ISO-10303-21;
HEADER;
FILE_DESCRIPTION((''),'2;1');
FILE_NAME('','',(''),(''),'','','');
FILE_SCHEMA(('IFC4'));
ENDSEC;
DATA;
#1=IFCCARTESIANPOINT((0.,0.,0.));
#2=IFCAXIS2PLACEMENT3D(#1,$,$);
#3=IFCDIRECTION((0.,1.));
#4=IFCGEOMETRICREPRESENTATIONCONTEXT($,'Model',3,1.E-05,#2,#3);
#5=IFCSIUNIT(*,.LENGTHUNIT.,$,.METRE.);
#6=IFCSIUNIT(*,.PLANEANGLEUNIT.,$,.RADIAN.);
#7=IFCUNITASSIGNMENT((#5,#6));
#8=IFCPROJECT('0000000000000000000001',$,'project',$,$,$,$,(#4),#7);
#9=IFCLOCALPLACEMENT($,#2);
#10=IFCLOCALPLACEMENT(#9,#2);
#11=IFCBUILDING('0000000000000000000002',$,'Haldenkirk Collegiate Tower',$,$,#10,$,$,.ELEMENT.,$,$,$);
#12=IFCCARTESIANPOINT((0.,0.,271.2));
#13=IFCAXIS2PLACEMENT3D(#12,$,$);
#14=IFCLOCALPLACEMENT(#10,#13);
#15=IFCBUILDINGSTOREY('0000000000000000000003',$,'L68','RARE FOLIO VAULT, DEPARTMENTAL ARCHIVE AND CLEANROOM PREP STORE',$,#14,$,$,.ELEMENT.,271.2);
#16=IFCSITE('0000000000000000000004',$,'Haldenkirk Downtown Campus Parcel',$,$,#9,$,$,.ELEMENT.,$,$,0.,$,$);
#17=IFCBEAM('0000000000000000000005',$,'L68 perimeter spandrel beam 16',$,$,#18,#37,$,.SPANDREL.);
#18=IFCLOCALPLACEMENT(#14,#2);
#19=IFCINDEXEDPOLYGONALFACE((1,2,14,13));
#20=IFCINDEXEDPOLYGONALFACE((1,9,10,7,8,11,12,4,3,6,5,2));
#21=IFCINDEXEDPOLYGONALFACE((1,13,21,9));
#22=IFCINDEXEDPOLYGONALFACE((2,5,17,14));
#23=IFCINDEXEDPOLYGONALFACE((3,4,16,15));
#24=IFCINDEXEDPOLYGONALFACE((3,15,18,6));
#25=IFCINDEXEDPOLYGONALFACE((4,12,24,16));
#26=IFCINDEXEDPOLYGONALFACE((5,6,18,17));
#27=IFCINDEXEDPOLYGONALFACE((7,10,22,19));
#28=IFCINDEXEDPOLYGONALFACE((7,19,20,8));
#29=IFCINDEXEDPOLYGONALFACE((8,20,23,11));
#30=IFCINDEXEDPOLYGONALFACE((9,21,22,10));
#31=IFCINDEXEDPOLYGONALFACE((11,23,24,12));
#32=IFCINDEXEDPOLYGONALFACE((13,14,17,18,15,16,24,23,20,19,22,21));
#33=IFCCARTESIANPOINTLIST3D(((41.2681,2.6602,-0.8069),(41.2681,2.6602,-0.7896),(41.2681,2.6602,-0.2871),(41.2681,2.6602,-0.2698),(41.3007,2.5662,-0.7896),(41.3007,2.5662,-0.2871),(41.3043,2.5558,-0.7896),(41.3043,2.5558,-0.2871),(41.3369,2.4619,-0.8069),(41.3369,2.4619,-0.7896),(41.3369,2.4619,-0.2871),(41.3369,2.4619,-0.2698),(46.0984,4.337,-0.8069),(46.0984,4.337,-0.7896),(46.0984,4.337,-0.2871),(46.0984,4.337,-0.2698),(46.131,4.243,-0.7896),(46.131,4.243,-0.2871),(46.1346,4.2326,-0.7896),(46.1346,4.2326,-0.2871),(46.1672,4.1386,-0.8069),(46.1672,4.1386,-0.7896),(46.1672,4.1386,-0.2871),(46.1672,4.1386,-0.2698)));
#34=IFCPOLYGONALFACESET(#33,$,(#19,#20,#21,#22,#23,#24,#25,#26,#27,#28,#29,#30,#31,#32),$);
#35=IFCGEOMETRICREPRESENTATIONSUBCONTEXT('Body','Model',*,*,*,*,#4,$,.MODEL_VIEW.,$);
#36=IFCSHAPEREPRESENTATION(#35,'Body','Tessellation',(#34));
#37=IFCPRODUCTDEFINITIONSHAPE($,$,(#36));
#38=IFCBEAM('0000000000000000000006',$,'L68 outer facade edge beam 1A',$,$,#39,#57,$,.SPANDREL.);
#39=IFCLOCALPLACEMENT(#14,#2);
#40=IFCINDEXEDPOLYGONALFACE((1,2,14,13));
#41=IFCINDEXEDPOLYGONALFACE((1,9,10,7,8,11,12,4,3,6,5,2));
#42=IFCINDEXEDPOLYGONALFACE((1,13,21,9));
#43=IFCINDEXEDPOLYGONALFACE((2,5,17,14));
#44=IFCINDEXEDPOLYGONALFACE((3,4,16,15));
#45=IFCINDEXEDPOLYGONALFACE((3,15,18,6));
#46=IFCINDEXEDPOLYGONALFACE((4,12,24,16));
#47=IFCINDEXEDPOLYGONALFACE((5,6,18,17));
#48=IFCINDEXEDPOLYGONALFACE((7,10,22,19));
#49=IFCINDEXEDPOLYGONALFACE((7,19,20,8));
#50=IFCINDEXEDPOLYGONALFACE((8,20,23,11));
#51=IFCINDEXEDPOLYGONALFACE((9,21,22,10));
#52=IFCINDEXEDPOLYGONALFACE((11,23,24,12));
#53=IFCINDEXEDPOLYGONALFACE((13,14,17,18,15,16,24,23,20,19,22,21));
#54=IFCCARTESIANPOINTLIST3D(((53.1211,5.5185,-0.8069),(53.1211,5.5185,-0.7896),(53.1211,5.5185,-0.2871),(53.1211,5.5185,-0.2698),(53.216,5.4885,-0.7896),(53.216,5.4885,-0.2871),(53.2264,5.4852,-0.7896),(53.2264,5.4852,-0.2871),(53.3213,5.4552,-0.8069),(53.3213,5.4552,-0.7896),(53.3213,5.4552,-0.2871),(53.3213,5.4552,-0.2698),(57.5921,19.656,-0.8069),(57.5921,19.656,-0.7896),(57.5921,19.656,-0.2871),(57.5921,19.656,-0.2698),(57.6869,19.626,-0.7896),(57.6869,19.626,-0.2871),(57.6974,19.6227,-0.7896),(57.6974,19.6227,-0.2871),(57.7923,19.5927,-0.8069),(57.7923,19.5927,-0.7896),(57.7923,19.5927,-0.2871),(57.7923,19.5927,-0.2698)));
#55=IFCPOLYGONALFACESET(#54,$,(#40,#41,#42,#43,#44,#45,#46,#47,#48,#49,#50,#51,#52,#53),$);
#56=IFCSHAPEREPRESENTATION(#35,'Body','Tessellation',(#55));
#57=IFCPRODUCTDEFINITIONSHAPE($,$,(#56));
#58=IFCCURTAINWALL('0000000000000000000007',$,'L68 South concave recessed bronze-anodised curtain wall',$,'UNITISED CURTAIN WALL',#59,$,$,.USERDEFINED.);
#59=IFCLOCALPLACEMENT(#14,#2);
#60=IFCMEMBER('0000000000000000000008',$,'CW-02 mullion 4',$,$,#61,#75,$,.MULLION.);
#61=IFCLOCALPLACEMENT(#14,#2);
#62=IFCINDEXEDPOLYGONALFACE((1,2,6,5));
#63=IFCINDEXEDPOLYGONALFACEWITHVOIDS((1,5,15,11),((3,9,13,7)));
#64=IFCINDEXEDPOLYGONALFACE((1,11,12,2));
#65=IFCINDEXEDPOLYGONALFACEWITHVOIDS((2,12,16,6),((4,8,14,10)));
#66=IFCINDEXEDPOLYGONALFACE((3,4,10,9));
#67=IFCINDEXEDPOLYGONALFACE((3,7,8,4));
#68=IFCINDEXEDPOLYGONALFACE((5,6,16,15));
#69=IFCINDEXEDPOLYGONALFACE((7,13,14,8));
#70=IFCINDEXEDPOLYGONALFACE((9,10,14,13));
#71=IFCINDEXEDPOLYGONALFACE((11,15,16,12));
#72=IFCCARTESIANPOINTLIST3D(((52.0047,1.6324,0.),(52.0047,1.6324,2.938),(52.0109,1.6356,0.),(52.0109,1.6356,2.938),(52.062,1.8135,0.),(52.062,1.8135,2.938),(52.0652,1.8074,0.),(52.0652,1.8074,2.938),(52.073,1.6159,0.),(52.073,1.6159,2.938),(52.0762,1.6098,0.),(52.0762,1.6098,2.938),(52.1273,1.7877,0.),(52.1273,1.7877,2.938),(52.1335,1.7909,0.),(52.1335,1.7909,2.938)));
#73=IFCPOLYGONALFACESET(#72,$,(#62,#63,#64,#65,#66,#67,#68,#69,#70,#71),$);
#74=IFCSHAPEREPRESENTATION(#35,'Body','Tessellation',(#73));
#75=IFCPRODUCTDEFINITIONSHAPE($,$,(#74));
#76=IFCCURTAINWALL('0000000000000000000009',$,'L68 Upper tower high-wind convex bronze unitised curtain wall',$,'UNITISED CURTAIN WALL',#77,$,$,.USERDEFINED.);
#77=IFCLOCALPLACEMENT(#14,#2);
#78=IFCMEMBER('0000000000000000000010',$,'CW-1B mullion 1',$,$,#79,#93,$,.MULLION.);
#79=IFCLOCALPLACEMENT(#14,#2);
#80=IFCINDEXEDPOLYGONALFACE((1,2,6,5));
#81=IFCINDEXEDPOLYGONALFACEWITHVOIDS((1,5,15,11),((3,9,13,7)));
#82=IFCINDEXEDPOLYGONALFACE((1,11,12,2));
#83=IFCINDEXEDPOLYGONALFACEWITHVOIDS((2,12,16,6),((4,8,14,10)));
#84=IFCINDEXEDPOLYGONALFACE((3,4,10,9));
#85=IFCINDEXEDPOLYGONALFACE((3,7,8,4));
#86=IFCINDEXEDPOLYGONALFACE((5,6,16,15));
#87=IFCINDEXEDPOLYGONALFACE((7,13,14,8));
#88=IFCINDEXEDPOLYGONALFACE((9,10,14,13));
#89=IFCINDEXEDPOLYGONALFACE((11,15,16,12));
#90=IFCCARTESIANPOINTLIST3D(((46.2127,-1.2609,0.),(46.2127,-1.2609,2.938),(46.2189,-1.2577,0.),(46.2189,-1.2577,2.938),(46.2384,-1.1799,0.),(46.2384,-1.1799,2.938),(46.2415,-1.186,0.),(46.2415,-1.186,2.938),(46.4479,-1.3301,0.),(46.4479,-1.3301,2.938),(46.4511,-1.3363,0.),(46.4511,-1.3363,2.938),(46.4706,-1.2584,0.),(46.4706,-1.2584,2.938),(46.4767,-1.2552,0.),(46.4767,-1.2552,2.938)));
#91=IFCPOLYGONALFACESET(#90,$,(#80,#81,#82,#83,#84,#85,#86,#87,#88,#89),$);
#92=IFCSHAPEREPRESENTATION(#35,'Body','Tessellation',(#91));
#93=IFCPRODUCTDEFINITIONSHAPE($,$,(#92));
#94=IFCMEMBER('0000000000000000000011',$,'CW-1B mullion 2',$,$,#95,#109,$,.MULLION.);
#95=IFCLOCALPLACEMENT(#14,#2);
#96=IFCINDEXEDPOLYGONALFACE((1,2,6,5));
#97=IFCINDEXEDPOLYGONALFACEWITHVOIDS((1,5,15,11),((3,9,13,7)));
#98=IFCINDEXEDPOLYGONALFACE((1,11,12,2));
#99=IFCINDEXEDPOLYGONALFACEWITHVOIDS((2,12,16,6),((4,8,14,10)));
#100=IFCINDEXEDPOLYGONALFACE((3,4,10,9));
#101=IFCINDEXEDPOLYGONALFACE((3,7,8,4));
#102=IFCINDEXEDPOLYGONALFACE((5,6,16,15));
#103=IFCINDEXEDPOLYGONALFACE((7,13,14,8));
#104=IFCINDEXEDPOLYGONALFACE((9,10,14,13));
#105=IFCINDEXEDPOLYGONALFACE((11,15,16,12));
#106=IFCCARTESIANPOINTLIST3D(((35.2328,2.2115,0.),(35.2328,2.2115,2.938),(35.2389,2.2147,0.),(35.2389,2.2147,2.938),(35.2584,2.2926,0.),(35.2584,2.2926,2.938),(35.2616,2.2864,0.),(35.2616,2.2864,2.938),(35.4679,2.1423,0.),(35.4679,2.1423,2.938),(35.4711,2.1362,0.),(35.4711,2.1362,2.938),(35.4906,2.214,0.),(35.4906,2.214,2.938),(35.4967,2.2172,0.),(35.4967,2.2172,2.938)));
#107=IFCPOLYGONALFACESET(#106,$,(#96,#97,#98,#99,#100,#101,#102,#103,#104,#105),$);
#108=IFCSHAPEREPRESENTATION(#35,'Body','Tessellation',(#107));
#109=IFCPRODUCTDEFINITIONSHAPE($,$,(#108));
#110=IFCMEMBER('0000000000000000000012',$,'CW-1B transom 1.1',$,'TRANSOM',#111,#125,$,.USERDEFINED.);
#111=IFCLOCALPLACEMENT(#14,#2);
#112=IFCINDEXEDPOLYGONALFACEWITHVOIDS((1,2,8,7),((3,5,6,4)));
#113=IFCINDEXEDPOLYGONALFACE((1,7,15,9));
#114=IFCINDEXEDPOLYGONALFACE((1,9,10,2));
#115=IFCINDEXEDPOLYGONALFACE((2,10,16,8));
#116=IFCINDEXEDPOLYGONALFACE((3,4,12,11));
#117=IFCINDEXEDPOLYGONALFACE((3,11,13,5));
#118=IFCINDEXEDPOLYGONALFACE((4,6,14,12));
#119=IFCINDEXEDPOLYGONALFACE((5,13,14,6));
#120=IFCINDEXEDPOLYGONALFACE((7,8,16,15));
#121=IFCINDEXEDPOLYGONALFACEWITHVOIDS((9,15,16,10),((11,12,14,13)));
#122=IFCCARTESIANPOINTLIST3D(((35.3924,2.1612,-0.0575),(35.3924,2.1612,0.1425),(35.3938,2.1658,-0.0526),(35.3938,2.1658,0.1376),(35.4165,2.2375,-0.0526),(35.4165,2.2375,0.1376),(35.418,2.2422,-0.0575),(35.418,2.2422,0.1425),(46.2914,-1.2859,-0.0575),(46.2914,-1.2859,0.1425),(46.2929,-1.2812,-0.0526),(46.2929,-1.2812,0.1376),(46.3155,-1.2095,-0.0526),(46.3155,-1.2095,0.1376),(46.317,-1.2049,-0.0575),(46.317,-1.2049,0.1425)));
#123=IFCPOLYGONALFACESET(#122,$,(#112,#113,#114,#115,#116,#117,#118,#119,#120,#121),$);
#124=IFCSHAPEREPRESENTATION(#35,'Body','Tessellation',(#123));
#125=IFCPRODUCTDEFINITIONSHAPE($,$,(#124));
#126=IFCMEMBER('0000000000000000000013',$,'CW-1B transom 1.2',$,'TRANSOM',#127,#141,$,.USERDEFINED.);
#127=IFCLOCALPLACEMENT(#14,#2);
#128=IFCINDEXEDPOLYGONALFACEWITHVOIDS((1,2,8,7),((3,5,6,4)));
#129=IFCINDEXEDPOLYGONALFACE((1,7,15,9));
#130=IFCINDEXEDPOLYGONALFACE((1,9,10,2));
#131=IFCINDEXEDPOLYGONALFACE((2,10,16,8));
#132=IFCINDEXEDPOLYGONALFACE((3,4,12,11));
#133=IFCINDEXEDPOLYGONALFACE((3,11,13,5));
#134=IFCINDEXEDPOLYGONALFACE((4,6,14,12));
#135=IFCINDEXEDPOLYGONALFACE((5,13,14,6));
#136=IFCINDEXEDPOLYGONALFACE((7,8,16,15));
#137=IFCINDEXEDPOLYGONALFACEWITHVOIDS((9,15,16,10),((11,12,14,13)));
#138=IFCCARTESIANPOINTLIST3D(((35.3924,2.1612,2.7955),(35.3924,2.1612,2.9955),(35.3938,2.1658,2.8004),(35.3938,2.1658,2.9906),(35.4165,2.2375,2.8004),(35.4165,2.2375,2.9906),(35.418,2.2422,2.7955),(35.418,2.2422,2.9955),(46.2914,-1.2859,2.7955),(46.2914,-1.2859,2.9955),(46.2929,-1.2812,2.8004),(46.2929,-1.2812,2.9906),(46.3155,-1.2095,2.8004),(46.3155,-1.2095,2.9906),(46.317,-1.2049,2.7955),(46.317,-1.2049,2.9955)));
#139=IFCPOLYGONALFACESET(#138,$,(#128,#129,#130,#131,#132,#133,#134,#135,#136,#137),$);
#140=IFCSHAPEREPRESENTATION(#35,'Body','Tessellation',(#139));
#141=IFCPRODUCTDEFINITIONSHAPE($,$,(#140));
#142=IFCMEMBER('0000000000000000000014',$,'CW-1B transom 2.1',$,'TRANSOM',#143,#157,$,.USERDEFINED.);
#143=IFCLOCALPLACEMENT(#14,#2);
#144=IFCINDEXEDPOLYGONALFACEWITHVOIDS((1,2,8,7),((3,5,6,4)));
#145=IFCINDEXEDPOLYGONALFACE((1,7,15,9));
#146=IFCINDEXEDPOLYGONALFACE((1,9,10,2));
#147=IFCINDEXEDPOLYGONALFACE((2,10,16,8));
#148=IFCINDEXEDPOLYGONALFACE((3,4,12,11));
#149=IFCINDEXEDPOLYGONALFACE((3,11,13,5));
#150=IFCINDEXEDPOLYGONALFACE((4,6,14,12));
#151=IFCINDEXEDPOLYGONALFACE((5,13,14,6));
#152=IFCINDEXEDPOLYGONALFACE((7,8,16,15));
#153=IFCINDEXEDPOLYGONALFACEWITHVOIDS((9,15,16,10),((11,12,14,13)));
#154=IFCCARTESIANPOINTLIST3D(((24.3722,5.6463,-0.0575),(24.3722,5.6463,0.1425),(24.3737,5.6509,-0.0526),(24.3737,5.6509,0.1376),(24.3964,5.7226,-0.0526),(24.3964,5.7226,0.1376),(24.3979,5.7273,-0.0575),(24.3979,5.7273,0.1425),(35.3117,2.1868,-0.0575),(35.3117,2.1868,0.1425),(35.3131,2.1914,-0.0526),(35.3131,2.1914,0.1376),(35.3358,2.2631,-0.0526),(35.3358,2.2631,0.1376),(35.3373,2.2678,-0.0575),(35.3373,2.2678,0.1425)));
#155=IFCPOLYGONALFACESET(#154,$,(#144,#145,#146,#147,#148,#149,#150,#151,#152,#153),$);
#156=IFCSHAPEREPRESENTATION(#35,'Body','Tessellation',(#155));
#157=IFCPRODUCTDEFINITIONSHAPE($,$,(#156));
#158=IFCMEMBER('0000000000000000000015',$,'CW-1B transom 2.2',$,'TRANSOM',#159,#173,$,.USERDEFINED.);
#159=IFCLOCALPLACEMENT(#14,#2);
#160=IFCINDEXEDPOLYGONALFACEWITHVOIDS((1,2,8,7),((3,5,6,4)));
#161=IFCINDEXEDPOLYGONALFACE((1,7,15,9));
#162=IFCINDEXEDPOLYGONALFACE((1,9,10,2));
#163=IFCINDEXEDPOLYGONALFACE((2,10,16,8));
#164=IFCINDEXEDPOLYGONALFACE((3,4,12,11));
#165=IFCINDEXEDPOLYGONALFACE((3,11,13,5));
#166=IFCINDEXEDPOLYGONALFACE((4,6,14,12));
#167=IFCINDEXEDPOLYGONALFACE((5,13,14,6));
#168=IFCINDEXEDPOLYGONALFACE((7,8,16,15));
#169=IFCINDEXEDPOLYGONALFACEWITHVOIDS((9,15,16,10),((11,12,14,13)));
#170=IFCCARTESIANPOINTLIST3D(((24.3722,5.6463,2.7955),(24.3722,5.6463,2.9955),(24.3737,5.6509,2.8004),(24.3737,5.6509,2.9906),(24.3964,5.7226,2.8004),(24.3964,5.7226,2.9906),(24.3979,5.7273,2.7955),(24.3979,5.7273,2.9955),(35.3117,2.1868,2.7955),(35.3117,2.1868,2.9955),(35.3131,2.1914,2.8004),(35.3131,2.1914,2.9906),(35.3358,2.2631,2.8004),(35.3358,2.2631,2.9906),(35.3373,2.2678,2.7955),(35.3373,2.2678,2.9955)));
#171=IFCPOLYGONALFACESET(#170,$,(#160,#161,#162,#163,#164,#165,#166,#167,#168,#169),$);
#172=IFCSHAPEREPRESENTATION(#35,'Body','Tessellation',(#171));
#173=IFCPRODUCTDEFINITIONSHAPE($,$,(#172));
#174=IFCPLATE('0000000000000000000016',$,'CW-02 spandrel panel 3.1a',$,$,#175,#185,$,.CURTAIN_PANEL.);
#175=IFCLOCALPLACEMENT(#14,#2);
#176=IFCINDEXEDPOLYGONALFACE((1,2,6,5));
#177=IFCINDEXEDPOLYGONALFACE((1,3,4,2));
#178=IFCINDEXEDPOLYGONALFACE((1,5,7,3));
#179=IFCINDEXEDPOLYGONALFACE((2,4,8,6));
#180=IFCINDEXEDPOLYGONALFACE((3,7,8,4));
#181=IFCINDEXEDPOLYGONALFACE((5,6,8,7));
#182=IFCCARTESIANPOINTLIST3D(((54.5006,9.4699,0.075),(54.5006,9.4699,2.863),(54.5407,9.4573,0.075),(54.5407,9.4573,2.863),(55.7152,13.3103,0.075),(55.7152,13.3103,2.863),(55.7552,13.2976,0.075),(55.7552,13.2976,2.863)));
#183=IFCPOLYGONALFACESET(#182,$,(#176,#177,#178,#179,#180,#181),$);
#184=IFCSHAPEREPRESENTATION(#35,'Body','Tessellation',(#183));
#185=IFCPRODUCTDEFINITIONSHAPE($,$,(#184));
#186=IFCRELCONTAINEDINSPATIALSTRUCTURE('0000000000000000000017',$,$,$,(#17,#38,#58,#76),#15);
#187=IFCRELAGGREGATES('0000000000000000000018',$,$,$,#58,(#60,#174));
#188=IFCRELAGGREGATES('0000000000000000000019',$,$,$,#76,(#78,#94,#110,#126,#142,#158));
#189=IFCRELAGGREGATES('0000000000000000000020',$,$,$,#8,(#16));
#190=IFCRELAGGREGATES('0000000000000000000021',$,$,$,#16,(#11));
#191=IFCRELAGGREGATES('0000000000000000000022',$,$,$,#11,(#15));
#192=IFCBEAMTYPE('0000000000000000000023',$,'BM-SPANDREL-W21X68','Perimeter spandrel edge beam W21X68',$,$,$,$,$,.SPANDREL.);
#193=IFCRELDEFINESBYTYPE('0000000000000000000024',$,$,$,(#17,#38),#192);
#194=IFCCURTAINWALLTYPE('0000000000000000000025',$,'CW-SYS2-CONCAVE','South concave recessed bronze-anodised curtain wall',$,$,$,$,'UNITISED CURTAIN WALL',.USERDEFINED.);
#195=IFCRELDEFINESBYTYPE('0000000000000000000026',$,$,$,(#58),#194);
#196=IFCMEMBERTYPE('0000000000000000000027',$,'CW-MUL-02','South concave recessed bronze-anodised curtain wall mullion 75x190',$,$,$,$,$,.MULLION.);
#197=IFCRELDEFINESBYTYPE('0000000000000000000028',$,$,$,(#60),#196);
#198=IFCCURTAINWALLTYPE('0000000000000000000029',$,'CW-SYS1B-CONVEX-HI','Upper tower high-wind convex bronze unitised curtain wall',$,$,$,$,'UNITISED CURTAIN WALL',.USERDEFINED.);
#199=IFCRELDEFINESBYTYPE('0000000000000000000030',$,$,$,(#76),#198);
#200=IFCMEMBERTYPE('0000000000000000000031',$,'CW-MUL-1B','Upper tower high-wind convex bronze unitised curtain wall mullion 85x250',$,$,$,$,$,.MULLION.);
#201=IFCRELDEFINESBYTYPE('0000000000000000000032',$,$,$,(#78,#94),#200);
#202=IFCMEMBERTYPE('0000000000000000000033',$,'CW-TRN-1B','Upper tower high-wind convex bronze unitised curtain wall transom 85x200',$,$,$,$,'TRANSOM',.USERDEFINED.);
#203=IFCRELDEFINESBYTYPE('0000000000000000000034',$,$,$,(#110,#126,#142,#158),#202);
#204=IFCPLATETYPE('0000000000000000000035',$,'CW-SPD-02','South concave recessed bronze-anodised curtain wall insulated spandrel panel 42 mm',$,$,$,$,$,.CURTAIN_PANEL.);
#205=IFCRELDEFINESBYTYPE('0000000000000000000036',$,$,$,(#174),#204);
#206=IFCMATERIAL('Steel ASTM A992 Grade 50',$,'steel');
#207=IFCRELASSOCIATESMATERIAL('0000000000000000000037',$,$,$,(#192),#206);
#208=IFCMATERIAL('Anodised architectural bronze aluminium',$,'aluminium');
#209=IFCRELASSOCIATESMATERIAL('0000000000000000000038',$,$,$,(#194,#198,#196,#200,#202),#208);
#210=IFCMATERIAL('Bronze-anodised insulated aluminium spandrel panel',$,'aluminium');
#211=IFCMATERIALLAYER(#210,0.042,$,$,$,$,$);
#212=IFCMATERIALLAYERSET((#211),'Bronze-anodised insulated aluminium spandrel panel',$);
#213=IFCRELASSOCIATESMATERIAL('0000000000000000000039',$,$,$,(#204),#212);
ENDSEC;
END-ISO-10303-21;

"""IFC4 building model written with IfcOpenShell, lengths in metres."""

from ifc_helpers import new_model, si_unit, direction, frame, origin, origin_2d, place, context, subcontext, project, spatial, rectangle, hollow_rectangle, i_section, extrude, source, transform, mapped, material, layer, layer_set, material_profile, profile_set, type_object, element, aggregate, save


model = new_model("IFC4")

# Units and contexts
model_context = context("Model", 3, precision=1e-05, world=origin(), true_north=direction((0.0, 1.0)))
body_context = subcontext(model_context, "Body", "Model", "MODEL_VIEW")
ifc_project = project(units=[si_unit("LENGTHUNIT", "METRE"), si_unit("PLANEANGLEUNIT", "RADIAN")], contexts=[model_context])

# Site, building, storey
site_placement = place(None, origin())
site = spatial("IfcSite", under=ifc_project, at=site_placement, Name="Haldenkirk Downtown Campus Parcel", CompositionType="ELEMENT", RefElevation=0.0)
building_placement = place(site_placement, origin())
building = spatial("IfcBuilding", under=site, at=building_placement, Name="Haldenkirk Collegiate Tower", CompositionType="ELEMENT")
storey_placement = place(building_placement, frame((0.0, 0.0, 271.2)))
storey = spatial("IfcBuildingStorey", under=building, at=storey_placement, Name="L68", Description="RARE FOLIO VAULT, DEPARTMENTAL ARCHIVE AND CLEANROOM PREP STORE", CompositionType="ELEMENT", Elevation=271.2)

# Beams
ifc_material_1 = material(Name="Steel ASTM A992 Grade 50", Category="steel")
ifc_material_profile_1 = material_profile(ifc_material_1, i_section(OverallWidth=0.21, OverallDepth=0.5371, WebThickness=0.011, FlangeThickness=0.0173, at=origin_2d()), Name="W21X68")
ifc_profile_set_1 = profile_set([ifc_material_profile_1], Name="Steel ASTM A992 Grade 50")
beam_type_1 = type_object("IfcBeamType", Name="BM-SPANDREL-W21X68", Description="Perimeter spandrel edge beam W21X68", PredefinedType="SPANDREL", material=ifc_profile_set_1)
beam_1_placement = place(storey_placement, frame((41.3025, 2.561, -0.5383), z_axis=(0.9447, 0.327935, 0.0), x_axis=(-0.327935, 0.9447, 0.0)))
element("IfcBeam", 1, at=beam_1_placement, inside=storey, type_object=beam_type_1, Name="L68 perimeter spandrel beam 16", PredefinedType="SPANDREL", context=body_context, shape_type="SweptSolid", body=[
    extrude(i_section(OverallWidth=0.21, OverallDepth=0.5371, WebThickness=0.011, FlangeThickness=0.0173, at=origin_2d()), origin(), (0.0, 0.0, 1.0), 5.113),
])
beam_2_placement = place(storey_placement, frame((53.2212, 5.4868, -0.5383), z_axis=(0.301529, 0.953457, 0.0), x_axis=(-0.953457, 0.301529, 0.0)))
element("IfcBeam", 2, at=beam_2_placement, inside=storey, type_object=beam_type_1, Name="L68 outer facade edge beam 1A", PredefinedType="SPANDREL", context=body_context, shape_type="SweptSolid", body=[
    extrude(i_section(OverallWidth=0.21, OverallDepth=0.5371, WebThickness=0.011, FlangeThickness=0.0173, at=origin_2d()), origin(), (0.0, 0.0, 1.0), 14.8276),
])

# Curtain wall, member
ifc_material_2 = material(Name="Anodised architectural bronze aluminium", Category="aluminium")
curtain_wall_type_1 = type_object("IfcCurtainWallType", Name="CW-SYS2-CONCAVE", Description="South concave recessed bronze-anodised curtain wall", ElementType="UNITISED CURTAIN WALL", PredefinedType="USERDEFINED", material=ifc_material_2)
curtain_wall_1_placement = place(storey_placement, origin())
curtain_wall_1 = element("IfcCurtainWall", 3, at=curtain_wall_1_placement, inside=storey, type_object=curtain_wall_type_1, Name="L68 South concave recessed bronze-anodised curtain wall", ObjectType="UNITISED CURTAIN WALL", PredefinedType="USERDEFINED")
ifc_material_profile_2 = material_profile(ifc_material_2, hollow_rectangle(XDim=0.075, YDim=0.1899, WallThickness=0.0049, at=origin_2d()), Name="CW-MUL-02")
ifc_profile_set_2 = profile_set([ifc_material_profile_2], Name="Anodised architectural bronze aluminium")
member_type_1 = type_object("IfcMemberType", Name="CW-MUL-02", Description="South concave recessed bronze-anodised curtain wall mullion 75x190", PredefinedType="MULLION", material=ifc_profile_set_2)
member_1_placement = place(storey_placement, frame((52.0691, 1.7117, 0.0), z_axis=(0.0, 0.0, 1.0), x_axis=(0.953455, -0.301537, 0.0)))
member_1 = element("IfcMember", 4, at=member_1_placement, type_object=member_type_1, Name="CW-02 mullion 4", PredefinedType="MULLION", context=body_context, shape_type="SweptSolid", body=[
    extrude(hollow_rectangle(XDim=0.075, YDim=0.1899, WallThickness=0.0049, at=origin_2d()), origin(), (0.0, 0.0, 1.0), 2.938),
])

# Curtain wall, members
curtain_wall_type_2 = type_object("IfcCurtainWallType", Name="CW-SYS1B-CONVEX-HI", Description="Upper tower high-wind convex bronze unitised curtain wall", ElementType="UNITISED CURTAIN WALL", PredefinedType="USERDEFINED", material=ifc_material_2)
curtain_wall_2_placement = place(storey_placement, origin())
curtain_wall_2 = element("IfcCurtainWall", 5, at=curtain_wall_2_placement, inside=storey, type_object=curtain_wall_type_2, Name="L68 Upper tower high-wind convex bronze unitised curtain wall", ObjectType="UNITISED CURTAIN WALL", PredefinedType="USERDEFINED")
ifc_material_profile_3 = material_profile(ifc_material_2, hollow_rectangle(XDim=0.085, YDim=0.25, WallThickness=0.0049, at=origin_2d()), Name="CW-MUL-1B")
ifc_profile_set_3 = profile_set([ifc_material_profile_3], Name="Anodised architectural bronze aluminium")
member_type_2 = type_object("IfcMemberType", Name="CW-MUL-1B", Description="Upper tower high-wind convex bronze unitised curtain wall mullion 85x250", PredefinedType="MULLION", material=ifc_profile_set_3)
member_2_placement = place(storey_placement, frame((46.3447, -1.2581, 0.0), z_axis=(0.0, 0.0, 1.0), x_axis=(-0.301537, -0.953454, 0.0)))
member_2 = element("IfcMember", 6, at=member_2_placement, type_object=member_type_2, Name="CW-1B mullion 1", PredefinedType="MULLION", context=body_context, shape_type="SweptSolid", body=[
    extrude(hollow_rectangle(XDim=0.085, YDim=0.25, WallThickness=0.0049, at=origin_2d()), origin(), (0.0, 0.0, 1.0), 2.938),
])
member_3_placement = place(storey_placement, frame((35.3647, 2.2144, 0.0), z_axis=(0.0, 0.0, 1.0), x_axis=(-0.301537, -0.953454, 0.0)))
member_3 = element("IfcMember", 7, at=member_3_placement, type_object=member_type_2, Name="CW-1B mullion 2", PredefinedType="MULLION", context=body_context, shape_type="SweptSolid", body=[
    extrude(hollow_rectangle(XDim=0.085, YDim=0.25, WallThickness=0.0049, at=origin_2d()), origin(), (0.0, 0.0, 1.0), 2.938),
])
ifc_material_profile_4 = material_profile(ifc_material_2, hollow_rectangle(XDim=0.085, YDim=0.2, WallThickness=0.0049, at=origin_2d()), Name="CW-TRN-1B")
ifc_profile_set_4 = profile_set([ifc_material_profile_4], Name="Anodised architectural bronze aluminium")
member_type_3 = type_object("IfcMemberType", Name="CW-TRN-1B", Description="Upper tower high-wind convex bronze unitised curtain wall transom 85x200", ElementType="TRANSOM", PredefinedType="USERDEFINED", material=ifc_profile_set_4)
member_4_placement = place(storey_placement, frame((46.3042, -1.2454, 0.0425), z_axis=(-0.953451, 0.301549, 0.0), x_axis=(-0.301549, -0.953451, 0.0)))
member_4 = element("IfcMember", 8, at=member_4_placement, type_object=member_type_3, Name="CW-1B transom 1.1", ObjectType="TRANSOM", PredefinedType="USERDEFINED", context=body_context, shape_type="SweptSolid", body=[
    extrude(hollow_rectangle(XDim=0.085, YDim=0.2, WallThickness=0.0049, at=origin_2d()), origin(), (0.0, 0.0, 1.0), 11.4312),
])
member_5_placement = place(storey_placement, frame((46.3042, -1.2454, 2.8955), z_axis=(-0.953451, 0.301549, 0.0), x_axis=(-0.301549, -0.953451, 0.0)))
member_5 = element("IfcMember", 9, at=member_5_placement, type_object=member_type_3, Name="CW-1B transom 1.2", ObjectType="TRANSOM", PredefinedType="USERDEFINED", context=body_context, shape_type="SweptSolid", body=[
    extrude(hollow_rectangle(XDim=0.085, YDim=0.2, WallThickness=0.0049, at=origin_2d()), origin(), (0.0, 0.0, 1.0), 11.4312),
])
member_6_placement = place(storey_placement, frame((35.3245, 2.2273, 0.0425), z_axis=(-0.95346, 0.30152, 0.0), x_axis=(-0.30152, -0.95346, 0.0)))
member_6 = element("IfcMember", 10, at=member_6_placement, type_object=member_type_3, Name="CW-1B transom 2.1", ObjectType="TRANSOM", PredefinedType="USERDEFINED", context=body_context, shape_type="SweptSolid", body=[
    extrude(hollow_rectangle(XDim=0.085, YDim=0.2, WallThickness=0.0049, at=origin_2d()), origin(), (0.0, 0.0, 1.0), 11.4734),
])
member_7_placement = place(storey_placement, frame((35.3245, 2.2273, 2.8955), z_axis=(-0.95346, 0.30152, 0.0), x_axis=(-0.30152, -0.95346, 0.0)))
member_7 = element("IfcMember", 11, at=member_7_placement, type_object=member_type_3, Name="CW-1B transom 2.2", ObjectType="TRANSOM", PredefinedType="USERDEFINED", context=body_context, shape_type="SweptSolid", body=[
    extrude(hollow_rectangle(XDim=0.085, YDim=0.2, WallThickness=0.0049, at=origin_2d()), origin(), (0.0, 0.0, 1.0), 11.4734),
])

# Plate
ifc_material_3 = material(Name="Bronze-anodised insulated aluminium spandrel panel", Category="aluminium")
ifc_layer_1 = layer(ifc_material_3, 0.042)
ifc_layer_set_1 = layer_set([ifc_layer_1], Name="Bronze-anodised insulated aluminium spandrel panel")
plate_type_1 = type_object("IfcPlateType", Name="CW-SPD-02", Description="South concave recessed bronze-anodised curtain wall insulated spandrel panel 42 mm", PredefinedType="CURTAIN_PANEL", material=ifc_layer_set_1)
shared_shape_1 = source(origin(), body_context, "Body", "SweptSolid", [
    extrude(rectangle(XDim=4.0278, YDim=0.042, at=origin_2d()), origin(), (0.0, 0.0, 1.0), 2.7881),
])
plate_1_placement = place(storey_placement, frame((55.1279, 11.3838, 0.075), z_axis=(0.0, 0.0, 1.0), x_axis=(-0.301537, -0.953455, 0.0)))
plate_1 = element("IfcPlate", 12, at=plate_1_placement, type_object=plate_type_1, Name="CW-02 spandrel panel 3.1a", PredefinedType="CURTAIN_PANEL", context=body_context, shape_type="MappedRepresentation", body=[
    mapped(shared_shape_1, transform((0.0, 0.0, 0.0), x_axis=(1.0, 0.0, 0.0), y_axis=(0.0, 1.0, 0.0), z_axis=(0.0, 0.0, 1.0), scale=1.0)),
])
aggregate(curtain_wall_1, [member_1, plate_1])
aggregate(curtain_wall_2, [member_2, member_3, member_4, member_5, member_6, member_7])

save(model, "model.ifc")
